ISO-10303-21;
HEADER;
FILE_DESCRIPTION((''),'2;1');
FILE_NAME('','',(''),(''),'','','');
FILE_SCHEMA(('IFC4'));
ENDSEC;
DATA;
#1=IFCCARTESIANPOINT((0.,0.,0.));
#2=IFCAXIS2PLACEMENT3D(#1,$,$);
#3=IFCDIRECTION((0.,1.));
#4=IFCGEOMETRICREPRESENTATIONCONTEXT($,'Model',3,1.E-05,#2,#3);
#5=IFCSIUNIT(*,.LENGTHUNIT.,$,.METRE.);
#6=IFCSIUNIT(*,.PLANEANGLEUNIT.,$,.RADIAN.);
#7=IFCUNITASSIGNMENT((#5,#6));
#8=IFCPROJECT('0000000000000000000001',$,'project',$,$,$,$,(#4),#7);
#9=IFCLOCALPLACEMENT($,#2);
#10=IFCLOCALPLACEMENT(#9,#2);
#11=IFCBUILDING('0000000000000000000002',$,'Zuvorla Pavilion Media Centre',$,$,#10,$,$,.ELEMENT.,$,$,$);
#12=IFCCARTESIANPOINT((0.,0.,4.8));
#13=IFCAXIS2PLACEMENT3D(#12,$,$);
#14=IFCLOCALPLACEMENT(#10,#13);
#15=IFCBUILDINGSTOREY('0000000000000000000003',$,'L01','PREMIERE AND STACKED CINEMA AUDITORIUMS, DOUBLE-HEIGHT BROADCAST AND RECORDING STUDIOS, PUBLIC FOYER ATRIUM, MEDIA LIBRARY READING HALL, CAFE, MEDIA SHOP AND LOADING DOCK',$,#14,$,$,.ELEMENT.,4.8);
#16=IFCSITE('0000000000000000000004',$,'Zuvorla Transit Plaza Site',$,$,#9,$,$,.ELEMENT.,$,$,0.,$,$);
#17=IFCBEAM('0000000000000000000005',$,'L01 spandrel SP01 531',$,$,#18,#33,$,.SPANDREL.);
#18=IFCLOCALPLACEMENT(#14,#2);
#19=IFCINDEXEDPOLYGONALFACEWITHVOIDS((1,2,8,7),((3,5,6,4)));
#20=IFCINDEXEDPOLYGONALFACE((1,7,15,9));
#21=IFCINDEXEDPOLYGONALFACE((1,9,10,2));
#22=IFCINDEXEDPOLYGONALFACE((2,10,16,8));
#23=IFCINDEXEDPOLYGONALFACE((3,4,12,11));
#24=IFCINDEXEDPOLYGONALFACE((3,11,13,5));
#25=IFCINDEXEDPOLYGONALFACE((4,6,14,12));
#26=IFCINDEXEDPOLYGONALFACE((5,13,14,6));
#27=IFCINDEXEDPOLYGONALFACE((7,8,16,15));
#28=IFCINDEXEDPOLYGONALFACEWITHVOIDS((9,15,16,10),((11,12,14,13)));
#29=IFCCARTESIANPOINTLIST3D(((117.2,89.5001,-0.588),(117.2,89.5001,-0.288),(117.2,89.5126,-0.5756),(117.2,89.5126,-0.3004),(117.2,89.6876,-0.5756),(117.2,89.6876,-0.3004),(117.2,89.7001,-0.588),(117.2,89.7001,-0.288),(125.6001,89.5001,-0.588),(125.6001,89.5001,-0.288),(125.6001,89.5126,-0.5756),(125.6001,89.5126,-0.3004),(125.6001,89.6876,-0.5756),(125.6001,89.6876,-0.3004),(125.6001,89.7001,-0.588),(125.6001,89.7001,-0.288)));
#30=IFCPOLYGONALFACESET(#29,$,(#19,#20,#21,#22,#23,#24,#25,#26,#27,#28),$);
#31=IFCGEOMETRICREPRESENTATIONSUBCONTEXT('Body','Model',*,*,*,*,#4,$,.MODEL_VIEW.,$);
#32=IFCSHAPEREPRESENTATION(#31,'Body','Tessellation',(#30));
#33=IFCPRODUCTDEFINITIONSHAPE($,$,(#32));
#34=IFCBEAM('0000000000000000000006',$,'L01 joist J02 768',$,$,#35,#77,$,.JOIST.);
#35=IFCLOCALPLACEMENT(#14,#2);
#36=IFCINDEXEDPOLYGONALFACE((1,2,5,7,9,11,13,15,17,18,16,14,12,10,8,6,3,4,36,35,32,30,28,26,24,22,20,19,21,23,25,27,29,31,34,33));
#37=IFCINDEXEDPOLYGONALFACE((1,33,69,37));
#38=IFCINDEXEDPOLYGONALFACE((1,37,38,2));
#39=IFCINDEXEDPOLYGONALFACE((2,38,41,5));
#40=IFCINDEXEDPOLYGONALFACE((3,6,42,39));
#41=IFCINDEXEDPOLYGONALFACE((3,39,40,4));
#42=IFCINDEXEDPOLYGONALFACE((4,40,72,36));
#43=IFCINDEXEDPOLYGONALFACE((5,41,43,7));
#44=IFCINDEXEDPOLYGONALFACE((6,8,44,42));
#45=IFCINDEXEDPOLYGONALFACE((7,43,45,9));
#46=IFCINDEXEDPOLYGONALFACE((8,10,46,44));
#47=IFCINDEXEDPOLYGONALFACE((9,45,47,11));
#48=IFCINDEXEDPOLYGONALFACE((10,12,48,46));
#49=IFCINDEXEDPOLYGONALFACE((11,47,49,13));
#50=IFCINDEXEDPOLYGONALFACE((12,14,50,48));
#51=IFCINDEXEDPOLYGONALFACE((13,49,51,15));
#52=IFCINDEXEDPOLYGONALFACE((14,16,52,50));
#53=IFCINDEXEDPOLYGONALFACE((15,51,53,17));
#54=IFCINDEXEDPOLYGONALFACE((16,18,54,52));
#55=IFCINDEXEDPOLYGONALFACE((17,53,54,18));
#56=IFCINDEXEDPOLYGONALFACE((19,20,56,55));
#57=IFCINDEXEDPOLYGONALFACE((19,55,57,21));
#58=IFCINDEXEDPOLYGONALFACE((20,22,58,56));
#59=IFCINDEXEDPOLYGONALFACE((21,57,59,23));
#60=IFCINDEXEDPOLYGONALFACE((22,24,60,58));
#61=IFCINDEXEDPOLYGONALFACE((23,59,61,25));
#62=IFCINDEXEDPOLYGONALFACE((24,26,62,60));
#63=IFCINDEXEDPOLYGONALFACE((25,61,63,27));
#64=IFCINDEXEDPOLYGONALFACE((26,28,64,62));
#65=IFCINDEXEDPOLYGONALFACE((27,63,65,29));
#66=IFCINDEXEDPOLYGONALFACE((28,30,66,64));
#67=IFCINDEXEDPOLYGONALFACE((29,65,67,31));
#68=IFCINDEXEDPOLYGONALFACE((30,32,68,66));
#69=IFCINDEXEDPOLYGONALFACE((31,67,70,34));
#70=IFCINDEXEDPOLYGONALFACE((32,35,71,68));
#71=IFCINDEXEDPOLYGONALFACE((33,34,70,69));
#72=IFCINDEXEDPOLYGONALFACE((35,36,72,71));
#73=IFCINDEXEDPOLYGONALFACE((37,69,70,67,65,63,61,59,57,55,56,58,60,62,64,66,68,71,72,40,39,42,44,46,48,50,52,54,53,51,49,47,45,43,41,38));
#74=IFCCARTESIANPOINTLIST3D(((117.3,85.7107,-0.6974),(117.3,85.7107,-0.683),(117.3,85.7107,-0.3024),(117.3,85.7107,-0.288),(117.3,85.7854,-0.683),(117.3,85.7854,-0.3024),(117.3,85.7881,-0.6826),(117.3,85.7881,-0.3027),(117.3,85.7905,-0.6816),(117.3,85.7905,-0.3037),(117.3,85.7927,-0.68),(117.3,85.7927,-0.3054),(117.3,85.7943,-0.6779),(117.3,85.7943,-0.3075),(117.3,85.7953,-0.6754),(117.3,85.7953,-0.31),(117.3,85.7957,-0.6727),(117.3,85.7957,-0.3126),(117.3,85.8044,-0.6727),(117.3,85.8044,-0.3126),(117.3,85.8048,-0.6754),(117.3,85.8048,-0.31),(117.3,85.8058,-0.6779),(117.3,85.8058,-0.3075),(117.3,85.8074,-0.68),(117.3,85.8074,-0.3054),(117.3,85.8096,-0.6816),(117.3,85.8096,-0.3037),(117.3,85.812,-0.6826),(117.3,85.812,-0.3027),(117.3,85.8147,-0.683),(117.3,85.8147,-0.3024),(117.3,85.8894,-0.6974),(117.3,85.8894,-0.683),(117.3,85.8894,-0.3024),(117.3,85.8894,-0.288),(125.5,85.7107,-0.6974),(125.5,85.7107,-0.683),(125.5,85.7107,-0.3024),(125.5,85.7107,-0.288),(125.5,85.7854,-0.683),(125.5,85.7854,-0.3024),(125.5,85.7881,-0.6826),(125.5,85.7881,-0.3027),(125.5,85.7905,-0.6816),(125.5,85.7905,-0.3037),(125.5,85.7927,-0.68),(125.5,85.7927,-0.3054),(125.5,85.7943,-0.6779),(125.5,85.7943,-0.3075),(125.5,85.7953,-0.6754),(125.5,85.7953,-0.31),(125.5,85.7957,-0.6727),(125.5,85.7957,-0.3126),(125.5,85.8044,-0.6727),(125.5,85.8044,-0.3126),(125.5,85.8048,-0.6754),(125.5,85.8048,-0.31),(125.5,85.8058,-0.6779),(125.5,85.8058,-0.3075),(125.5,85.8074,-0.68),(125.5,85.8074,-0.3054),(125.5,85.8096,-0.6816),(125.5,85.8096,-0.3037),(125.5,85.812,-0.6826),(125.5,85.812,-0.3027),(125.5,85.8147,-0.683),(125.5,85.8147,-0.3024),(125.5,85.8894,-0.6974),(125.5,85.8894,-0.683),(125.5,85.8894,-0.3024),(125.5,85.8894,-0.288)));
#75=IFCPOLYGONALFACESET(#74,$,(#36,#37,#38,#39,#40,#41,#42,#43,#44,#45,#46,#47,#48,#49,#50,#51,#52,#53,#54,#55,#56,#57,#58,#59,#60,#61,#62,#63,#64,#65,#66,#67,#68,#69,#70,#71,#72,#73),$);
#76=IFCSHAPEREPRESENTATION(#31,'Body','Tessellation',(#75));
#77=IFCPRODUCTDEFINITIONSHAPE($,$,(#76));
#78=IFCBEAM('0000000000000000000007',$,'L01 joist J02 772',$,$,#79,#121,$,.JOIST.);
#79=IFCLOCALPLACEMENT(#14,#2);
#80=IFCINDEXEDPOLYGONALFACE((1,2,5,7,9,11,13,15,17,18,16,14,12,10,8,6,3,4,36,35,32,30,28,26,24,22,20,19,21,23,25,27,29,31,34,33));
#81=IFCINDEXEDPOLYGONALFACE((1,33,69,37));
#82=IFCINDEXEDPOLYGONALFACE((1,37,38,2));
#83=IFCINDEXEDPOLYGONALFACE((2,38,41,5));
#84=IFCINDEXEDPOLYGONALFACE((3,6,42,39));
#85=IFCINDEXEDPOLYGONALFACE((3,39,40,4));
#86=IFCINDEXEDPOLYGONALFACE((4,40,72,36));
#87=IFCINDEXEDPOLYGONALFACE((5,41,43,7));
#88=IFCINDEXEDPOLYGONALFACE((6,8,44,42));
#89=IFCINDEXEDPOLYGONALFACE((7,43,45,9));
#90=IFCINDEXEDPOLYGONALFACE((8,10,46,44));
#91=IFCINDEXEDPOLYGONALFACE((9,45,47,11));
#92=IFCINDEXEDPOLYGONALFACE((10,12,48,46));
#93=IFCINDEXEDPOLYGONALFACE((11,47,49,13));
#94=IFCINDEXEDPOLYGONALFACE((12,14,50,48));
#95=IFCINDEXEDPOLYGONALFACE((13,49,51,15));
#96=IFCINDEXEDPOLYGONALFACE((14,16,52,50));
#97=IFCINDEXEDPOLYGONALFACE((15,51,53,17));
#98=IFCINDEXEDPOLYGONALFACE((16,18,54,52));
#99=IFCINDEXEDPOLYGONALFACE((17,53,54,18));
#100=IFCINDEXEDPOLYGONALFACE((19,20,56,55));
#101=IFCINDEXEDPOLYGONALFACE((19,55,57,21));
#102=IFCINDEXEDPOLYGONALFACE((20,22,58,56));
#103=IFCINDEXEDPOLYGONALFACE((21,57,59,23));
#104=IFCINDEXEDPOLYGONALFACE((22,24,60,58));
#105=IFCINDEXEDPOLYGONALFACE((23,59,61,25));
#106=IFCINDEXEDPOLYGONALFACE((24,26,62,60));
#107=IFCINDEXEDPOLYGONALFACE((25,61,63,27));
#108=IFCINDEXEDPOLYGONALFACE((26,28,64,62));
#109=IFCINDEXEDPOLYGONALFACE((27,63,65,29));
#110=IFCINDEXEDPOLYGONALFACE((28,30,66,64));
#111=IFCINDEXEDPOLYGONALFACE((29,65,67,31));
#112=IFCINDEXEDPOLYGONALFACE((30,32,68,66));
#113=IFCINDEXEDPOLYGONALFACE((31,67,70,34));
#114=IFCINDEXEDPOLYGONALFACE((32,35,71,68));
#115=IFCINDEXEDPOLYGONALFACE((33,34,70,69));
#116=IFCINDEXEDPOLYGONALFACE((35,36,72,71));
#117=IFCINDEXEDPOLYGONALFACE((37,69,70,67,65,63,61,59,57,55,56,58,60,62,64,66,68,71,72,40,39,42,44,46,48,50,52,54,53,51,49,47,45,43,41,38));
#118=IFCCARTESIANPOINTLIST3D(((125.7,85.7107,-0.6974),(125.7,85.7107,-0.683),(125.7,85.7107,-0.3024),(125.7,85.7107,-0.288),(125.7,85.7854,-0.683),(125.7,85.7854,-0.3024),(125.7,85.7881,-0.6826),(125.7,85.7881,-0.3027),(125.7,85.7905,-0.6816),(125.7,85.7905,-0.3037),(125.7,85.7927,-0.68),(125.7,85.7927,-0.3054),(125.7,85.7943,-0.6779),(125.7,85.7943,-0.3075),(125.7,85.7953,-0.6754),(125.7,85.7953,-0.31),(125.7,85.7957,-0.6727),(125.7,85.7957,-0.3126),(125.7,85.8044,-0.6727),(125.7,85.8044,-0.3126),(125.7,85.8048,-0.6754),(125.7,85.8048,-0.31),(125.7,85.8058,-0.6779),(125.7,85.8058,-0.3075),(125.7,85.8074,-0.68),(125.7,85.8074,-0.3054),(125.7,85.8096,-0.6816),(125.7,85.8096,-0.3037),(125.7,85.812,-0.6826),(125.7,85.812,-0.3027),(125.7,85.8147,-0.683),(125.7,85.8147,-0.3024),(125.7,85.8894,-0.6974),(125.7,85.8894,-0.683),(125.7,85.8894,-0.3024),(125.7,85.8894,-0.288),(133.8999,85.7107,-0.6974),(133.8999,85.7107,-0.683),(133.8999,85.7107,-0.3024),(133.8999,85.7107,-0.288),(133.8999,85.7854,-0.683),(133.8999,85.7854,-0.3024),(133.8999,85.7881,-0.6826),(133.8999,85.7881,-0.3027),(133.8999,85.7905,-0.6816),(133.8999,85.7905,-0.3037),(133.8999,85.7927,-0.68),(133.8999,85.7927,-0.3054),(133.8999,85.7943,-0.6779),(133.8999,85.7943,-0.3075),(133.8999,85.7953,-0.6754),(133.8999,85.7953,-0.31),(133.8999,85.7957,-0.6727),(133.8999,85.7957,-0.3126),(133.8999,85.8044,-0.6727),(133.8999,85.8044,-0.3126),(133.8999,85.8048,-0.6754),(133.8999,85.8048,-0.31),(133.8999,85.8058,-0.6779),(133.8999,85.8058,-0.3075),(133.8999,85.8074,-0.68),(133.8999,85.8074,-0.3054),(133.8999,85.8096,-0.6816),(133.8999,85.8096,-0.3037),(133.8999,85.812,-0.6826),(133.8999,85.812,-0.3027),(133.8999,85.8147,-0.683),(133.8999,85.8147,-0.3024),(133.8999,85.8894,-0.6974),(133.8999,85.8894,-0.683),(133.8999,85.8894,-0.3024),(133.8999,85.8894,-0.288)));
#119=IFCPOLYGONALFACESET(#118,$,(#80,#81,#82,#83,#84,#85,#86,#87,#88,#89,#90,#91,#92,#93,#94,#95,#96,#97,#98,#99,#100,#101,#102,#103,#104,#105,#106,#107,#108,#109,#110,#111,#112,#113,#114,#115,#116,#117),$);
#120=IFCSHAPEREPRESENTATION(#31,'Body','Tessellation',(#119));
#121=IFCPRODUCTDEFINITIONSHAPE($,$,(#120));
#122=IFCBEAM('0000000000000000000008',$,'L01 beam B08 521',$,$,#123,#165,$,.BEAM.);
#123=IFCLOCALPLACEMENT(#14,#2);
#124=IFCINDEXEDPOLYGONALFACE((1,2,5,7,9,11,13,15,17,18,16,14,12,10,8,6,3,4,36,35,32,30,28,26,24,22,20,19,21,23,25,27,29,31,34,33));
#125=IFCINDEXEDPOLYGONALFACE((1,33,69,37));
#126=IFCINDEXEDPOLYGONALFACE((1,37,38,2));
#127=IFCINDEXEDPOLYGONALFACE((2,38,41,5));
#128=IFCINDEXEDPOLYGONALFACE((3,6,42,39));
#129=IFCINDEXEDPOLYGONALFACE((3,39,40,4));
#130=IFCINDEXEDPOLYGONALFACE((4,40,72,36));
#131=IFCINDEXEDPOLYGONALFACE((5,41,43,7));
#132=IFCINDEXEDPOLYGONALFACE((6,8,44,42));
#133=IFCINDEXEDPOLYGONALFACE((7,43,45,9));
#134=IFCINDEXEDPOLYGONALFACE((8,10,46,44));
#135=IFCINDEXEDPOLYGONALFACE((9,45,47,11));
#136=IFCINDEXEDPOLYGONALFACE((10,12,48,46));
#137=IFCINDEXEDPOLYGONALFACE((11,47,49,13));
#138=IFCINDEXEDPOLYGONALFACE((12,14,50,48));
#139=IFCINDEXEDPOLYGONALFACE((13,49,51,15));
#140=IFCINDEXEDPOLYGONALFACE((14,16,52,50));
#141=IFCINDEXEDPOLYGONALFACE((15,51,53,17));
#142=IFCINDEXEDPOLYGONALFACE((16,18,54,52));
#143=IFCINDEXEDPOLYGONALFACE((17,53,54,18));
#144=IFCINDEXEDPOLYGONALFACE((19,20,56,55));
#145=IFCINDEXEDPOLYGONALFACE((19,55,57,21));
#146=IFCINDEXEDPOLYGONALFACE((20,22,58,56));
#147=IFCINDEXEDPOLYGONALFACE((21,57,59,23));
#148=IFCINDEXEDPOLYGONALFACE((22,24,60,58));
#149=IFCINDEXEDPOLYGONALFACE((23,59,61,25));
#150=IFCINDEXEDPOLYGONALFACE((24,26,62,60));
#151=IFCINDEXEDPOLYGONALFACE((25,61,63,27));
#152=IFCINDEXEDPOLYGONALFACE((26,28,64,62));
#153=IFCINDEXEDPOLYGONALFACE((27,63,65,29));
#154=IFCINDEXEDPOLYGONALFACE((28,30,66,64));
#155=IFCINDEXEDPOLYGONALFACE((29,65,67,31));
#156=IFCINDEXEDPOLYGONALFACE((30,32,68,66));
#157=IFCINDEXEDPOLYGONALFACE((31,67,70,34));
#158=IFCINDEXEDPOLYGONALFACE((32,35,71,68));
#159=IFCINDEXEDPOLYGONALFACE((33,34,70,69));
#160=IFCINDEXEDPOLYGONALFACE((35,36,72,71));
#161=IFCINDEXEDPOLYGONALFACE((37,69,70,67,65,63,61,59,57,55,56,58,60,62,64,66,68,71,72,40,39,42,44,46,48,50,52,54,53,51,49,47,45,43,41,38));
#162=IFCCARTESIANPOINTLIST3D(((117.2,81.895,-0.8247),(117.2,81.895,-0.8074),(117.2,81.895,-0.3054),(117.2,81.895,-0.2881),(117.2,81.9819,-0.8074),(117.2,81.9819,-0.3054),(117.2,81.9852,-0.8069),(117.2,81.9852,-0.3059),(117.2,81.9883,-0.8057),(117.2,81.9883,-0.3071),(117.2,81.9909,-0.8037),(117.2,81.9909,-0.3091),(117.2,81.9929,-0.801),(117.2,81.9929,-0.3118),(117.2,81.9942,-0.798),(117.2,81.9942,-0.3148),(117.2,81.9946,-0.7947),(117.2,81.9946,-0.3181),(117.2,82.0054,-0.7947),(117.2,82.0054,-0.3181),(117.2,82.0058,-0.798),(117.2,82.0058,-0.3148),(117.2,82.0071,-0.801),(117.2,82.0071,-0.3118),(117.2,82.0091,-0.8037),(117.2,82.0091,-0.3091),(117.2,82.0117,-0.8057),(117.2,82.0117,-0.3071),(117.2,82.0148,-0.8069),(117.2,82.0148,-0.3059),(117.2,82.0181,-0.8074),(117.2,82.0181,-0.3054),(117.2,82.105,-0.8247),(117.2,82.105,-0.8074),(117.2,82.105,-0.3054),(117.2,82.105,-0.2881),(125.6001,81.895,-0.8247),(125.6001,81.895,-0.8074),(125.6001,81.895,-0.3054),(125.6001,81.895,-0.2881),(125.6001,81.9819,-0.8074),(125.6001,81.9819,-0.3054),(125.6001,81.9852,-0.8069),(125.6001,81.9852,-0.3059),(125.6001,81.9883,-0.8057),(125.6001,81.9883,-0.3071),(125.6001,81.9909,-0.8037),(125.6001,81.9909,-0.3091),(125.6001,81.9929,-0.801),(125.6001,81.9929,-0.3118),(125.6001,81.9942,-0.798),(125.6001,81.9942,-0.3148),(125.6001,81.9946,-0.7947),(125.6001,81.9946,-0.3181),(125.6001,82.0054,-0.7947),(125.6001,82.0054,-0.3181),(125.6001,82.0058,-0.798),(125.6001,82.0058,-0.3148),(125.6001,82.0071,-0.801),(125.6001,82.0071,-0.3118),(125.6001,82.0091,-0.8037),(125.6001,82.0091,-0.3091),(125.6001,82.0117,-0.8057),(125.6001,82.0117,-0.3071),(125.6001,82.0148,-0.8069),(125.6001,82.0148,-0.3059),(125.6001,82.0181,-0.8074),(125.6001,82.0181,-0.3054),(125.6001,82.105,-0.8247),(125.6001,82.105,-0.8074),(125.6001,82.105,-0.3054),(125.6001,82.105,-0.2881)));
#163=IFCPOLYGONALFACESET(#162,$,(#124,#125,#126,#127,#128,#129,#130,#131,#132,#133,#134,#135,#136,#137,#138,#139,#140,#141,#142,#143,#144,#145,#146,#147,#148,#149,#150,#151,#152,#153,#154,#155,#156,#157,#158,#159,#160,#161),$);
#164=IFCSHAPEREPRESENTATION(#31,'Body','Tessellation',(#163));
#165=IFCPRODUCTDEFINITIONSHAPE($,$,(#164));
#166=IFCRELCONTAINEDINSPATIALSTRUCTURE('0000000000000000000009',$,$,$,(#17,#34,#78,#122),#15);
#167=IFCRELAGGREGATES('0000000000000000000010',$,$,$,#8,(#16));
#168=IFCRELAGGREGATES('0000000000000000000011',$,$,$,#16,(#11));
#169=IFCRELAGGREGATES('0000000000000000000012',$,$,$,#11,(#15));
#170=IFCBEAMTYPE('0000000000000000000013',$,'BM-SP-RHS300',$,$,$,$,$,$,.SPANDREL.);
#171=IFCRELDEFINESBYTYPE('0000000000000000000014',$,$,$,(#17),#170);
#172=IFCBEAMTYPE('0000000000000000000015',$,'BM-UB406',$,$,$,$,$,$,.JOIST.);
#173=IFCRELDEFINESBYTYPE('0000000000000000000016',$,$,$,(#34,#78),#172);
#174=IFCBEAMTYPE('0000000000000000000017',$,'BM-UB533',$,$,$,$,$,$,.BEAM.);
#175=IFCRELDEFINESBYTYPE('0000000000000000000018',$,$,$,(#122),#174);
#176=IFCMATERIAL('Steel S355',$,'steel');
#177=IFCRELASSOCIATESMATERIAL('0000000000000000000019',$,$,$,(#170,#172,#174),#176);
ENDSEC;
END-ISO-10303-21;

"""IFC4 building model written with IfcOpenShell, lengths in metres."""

from ifc_helpers import new_model, si_unit, direction, frame, origin, origin_2d, place, context, subcontext, project, spatial, hollow_rectangle, i_section, extrude, material, material_profile, profile_set, type_object, element, save


model = new_model("IFC4")

# Units and contexts
model_context = context("Model", 3, precision=1e-05, world=origin(), true_north=direction((0.0, 1.0)))
body_context = subcontext(model_context, "Body", "Model", "MODEL_VIEW")
ifc_project = project(units=[si_unit("LENGTHUNIT", "METRE"), si_unit("PLANEANGLEUNIT", "RADIAN")], contexts=[model_context])

# Site, building, storey
site_placement = place(None, origin())
site = spatial("IfcSite", under=ifc_project, at=site_placement, Name="Zuvorla Transit Plaza Site", CompositionType="ELEMENT", RefElevation=0.0)
building_placement = place(site_placement, origin())
building = spatial("IfcBuilding", under=site, at=building_placement, Name="Zuvorla Pavilion Media Centre", CompositionType="ELEMENT")
storey_placement = place(building_placement, frame((0.0, 0.0, 4.8)))
storey = spatial("IfcBuildingStorey", under=building, at=storey_placement, Name="L01", Description="PREMIERE AND STACKED CINEMA AUDITORIUMS, DOUBLE-HEIGHT BROADCAST AND RECORDING STUDIOS, PUBLIC FOYER ATRIUM, MEDIA LIBRARY READING HALL, CAFE, MEDIA SHOP AND LOADING DOCK", CompositionType="ELEMENT", Elevation=4.8)

# Shared definitions
ifc_material_1 = material(Name="Steel S355", Category="steel")

# Beams
ifc_material_profile_1 = material_profile(ifc_material_1, hollow_rectangle(XDim=0.2, YDim=0.3, WallThickness=0.0125, at=origin_2d()), Name="RHS 300x200x12.5")
ifc_profile_set_1 = profile_set([ifc_material_profile_1], Name="Steel S355")
beam_type_1 = type_object("IfcBeamType", Name="BM-SP-RHS300", PredefinedType="SPANDREL", material=ifc_profile_set_1)
beam_1_placement = place(storey_placement, frame((117.2, 89.6001, -0.438), z_axis=(1.0, 0.0, 0.0), x_axis=(0.0, 1.0, 0.0)))
element("IfcBeam", 1, at=beam_1_placement, inside=storey, type_object=beam_type_1, Name="L01 spandrel SP01 531", PredefinedType="SPANDREL", context=body_context, shape_type="SweptSolid", body=[
    extrude(hollow_rectangle(XDim=0.2, YDim=0.3, WallThickness=0.0125, at=origin_2d()), origin(), (0.0, 0.0, 1.0), 8.4001),
])
ifc_material_profile_2 = material_profile(ifc_material_1, i_section(OverallWidth=0.1787, OverallDepth=0.4094, WebThickness=0.0088, FlangeThickness=0.0144, FilletRadius=0.0103, at=origin_2d()), Name="UB 406x178x67")
ifc_profile_set_2 = profile_set([ifc_material_profile_2], Name="Steel S355")
beam_type_2 = type_object("IfcBeamType", Name="BM-UB406", PredefinedType="JOIST", material=ifc_profile_set_2)
for number, where, z_axis, x_axis, name in (
    (2, (117.3, 85.8, -0.4927), (1.0, 0.0, 0.0), (0.0, 1.0, 0.0), "L01 joist J02 768"),
    (3, (125.7, 85.8, -0.4927), (1.0, 0.0, 0.0), (0.0, 1.0, 0.0), "L01 joist J02 772"),
):
    element("IfcBeam", number, at=place(storey_placement, frame(where, z_axis=z_axis, x_axis=x_axis)), inside=storey, type_object=beam_type_2, Name=name, PredefinedType="JOIST", context=body_context, shape_type="SweptSolid", body=[
        extrude(i_section(OverallWidth=0.1787, OverallDepth=0.4094, WebThickness=0.0088, FlangeThickness=0.0144, FilletRadius=0.0103, at=origin_2d()), origin(), (0.0, 0.0, 1.0), 8.2),
    ])
ifc_material_profile_3 = material_profile(ifc_material_1, i_section(OverallWidth=0.21, OverallDepth=0.5366, WebThickness=0.0107, FlangeThickness=0.0173, FilletRadius=0.0127, at=origin_2d()), Name="UB 533x210x101")
ifc_profile_set_3 = profile_set([ifc_material_profile_3], Name="Steel S355")
beam_type_3 = type_object("IfcBeamType", Name="BM-UB533", PredefinedType="BEAM", material=ifc_profile_set_3)
beam_2_placement = place(storey_placement, frame((117.2, 82.0, -0.5564), z_axis=(1.0, 0.0, 0.0), x_axis=(0.0, 1.0, 0.0)))
element("IfcBeam", 4, at=beam_2_placement, inside=storey, type_object=beam_type_3, Name="L01 beam B08 521", PredefinedType="BEAM", context=body_context, shape_type="SweptSolid", body=[
    extrude(i_section(OverallWidth=0.21, OverallDepth=0.5366, WebThickness=0.0107, FlangeThickness=0.0173, FilletRadius=0.0127, at=origin_2d()), origin(), (0.0, 0.0, 1.0), 8.4001),
])

save(model, "model.ifc")
